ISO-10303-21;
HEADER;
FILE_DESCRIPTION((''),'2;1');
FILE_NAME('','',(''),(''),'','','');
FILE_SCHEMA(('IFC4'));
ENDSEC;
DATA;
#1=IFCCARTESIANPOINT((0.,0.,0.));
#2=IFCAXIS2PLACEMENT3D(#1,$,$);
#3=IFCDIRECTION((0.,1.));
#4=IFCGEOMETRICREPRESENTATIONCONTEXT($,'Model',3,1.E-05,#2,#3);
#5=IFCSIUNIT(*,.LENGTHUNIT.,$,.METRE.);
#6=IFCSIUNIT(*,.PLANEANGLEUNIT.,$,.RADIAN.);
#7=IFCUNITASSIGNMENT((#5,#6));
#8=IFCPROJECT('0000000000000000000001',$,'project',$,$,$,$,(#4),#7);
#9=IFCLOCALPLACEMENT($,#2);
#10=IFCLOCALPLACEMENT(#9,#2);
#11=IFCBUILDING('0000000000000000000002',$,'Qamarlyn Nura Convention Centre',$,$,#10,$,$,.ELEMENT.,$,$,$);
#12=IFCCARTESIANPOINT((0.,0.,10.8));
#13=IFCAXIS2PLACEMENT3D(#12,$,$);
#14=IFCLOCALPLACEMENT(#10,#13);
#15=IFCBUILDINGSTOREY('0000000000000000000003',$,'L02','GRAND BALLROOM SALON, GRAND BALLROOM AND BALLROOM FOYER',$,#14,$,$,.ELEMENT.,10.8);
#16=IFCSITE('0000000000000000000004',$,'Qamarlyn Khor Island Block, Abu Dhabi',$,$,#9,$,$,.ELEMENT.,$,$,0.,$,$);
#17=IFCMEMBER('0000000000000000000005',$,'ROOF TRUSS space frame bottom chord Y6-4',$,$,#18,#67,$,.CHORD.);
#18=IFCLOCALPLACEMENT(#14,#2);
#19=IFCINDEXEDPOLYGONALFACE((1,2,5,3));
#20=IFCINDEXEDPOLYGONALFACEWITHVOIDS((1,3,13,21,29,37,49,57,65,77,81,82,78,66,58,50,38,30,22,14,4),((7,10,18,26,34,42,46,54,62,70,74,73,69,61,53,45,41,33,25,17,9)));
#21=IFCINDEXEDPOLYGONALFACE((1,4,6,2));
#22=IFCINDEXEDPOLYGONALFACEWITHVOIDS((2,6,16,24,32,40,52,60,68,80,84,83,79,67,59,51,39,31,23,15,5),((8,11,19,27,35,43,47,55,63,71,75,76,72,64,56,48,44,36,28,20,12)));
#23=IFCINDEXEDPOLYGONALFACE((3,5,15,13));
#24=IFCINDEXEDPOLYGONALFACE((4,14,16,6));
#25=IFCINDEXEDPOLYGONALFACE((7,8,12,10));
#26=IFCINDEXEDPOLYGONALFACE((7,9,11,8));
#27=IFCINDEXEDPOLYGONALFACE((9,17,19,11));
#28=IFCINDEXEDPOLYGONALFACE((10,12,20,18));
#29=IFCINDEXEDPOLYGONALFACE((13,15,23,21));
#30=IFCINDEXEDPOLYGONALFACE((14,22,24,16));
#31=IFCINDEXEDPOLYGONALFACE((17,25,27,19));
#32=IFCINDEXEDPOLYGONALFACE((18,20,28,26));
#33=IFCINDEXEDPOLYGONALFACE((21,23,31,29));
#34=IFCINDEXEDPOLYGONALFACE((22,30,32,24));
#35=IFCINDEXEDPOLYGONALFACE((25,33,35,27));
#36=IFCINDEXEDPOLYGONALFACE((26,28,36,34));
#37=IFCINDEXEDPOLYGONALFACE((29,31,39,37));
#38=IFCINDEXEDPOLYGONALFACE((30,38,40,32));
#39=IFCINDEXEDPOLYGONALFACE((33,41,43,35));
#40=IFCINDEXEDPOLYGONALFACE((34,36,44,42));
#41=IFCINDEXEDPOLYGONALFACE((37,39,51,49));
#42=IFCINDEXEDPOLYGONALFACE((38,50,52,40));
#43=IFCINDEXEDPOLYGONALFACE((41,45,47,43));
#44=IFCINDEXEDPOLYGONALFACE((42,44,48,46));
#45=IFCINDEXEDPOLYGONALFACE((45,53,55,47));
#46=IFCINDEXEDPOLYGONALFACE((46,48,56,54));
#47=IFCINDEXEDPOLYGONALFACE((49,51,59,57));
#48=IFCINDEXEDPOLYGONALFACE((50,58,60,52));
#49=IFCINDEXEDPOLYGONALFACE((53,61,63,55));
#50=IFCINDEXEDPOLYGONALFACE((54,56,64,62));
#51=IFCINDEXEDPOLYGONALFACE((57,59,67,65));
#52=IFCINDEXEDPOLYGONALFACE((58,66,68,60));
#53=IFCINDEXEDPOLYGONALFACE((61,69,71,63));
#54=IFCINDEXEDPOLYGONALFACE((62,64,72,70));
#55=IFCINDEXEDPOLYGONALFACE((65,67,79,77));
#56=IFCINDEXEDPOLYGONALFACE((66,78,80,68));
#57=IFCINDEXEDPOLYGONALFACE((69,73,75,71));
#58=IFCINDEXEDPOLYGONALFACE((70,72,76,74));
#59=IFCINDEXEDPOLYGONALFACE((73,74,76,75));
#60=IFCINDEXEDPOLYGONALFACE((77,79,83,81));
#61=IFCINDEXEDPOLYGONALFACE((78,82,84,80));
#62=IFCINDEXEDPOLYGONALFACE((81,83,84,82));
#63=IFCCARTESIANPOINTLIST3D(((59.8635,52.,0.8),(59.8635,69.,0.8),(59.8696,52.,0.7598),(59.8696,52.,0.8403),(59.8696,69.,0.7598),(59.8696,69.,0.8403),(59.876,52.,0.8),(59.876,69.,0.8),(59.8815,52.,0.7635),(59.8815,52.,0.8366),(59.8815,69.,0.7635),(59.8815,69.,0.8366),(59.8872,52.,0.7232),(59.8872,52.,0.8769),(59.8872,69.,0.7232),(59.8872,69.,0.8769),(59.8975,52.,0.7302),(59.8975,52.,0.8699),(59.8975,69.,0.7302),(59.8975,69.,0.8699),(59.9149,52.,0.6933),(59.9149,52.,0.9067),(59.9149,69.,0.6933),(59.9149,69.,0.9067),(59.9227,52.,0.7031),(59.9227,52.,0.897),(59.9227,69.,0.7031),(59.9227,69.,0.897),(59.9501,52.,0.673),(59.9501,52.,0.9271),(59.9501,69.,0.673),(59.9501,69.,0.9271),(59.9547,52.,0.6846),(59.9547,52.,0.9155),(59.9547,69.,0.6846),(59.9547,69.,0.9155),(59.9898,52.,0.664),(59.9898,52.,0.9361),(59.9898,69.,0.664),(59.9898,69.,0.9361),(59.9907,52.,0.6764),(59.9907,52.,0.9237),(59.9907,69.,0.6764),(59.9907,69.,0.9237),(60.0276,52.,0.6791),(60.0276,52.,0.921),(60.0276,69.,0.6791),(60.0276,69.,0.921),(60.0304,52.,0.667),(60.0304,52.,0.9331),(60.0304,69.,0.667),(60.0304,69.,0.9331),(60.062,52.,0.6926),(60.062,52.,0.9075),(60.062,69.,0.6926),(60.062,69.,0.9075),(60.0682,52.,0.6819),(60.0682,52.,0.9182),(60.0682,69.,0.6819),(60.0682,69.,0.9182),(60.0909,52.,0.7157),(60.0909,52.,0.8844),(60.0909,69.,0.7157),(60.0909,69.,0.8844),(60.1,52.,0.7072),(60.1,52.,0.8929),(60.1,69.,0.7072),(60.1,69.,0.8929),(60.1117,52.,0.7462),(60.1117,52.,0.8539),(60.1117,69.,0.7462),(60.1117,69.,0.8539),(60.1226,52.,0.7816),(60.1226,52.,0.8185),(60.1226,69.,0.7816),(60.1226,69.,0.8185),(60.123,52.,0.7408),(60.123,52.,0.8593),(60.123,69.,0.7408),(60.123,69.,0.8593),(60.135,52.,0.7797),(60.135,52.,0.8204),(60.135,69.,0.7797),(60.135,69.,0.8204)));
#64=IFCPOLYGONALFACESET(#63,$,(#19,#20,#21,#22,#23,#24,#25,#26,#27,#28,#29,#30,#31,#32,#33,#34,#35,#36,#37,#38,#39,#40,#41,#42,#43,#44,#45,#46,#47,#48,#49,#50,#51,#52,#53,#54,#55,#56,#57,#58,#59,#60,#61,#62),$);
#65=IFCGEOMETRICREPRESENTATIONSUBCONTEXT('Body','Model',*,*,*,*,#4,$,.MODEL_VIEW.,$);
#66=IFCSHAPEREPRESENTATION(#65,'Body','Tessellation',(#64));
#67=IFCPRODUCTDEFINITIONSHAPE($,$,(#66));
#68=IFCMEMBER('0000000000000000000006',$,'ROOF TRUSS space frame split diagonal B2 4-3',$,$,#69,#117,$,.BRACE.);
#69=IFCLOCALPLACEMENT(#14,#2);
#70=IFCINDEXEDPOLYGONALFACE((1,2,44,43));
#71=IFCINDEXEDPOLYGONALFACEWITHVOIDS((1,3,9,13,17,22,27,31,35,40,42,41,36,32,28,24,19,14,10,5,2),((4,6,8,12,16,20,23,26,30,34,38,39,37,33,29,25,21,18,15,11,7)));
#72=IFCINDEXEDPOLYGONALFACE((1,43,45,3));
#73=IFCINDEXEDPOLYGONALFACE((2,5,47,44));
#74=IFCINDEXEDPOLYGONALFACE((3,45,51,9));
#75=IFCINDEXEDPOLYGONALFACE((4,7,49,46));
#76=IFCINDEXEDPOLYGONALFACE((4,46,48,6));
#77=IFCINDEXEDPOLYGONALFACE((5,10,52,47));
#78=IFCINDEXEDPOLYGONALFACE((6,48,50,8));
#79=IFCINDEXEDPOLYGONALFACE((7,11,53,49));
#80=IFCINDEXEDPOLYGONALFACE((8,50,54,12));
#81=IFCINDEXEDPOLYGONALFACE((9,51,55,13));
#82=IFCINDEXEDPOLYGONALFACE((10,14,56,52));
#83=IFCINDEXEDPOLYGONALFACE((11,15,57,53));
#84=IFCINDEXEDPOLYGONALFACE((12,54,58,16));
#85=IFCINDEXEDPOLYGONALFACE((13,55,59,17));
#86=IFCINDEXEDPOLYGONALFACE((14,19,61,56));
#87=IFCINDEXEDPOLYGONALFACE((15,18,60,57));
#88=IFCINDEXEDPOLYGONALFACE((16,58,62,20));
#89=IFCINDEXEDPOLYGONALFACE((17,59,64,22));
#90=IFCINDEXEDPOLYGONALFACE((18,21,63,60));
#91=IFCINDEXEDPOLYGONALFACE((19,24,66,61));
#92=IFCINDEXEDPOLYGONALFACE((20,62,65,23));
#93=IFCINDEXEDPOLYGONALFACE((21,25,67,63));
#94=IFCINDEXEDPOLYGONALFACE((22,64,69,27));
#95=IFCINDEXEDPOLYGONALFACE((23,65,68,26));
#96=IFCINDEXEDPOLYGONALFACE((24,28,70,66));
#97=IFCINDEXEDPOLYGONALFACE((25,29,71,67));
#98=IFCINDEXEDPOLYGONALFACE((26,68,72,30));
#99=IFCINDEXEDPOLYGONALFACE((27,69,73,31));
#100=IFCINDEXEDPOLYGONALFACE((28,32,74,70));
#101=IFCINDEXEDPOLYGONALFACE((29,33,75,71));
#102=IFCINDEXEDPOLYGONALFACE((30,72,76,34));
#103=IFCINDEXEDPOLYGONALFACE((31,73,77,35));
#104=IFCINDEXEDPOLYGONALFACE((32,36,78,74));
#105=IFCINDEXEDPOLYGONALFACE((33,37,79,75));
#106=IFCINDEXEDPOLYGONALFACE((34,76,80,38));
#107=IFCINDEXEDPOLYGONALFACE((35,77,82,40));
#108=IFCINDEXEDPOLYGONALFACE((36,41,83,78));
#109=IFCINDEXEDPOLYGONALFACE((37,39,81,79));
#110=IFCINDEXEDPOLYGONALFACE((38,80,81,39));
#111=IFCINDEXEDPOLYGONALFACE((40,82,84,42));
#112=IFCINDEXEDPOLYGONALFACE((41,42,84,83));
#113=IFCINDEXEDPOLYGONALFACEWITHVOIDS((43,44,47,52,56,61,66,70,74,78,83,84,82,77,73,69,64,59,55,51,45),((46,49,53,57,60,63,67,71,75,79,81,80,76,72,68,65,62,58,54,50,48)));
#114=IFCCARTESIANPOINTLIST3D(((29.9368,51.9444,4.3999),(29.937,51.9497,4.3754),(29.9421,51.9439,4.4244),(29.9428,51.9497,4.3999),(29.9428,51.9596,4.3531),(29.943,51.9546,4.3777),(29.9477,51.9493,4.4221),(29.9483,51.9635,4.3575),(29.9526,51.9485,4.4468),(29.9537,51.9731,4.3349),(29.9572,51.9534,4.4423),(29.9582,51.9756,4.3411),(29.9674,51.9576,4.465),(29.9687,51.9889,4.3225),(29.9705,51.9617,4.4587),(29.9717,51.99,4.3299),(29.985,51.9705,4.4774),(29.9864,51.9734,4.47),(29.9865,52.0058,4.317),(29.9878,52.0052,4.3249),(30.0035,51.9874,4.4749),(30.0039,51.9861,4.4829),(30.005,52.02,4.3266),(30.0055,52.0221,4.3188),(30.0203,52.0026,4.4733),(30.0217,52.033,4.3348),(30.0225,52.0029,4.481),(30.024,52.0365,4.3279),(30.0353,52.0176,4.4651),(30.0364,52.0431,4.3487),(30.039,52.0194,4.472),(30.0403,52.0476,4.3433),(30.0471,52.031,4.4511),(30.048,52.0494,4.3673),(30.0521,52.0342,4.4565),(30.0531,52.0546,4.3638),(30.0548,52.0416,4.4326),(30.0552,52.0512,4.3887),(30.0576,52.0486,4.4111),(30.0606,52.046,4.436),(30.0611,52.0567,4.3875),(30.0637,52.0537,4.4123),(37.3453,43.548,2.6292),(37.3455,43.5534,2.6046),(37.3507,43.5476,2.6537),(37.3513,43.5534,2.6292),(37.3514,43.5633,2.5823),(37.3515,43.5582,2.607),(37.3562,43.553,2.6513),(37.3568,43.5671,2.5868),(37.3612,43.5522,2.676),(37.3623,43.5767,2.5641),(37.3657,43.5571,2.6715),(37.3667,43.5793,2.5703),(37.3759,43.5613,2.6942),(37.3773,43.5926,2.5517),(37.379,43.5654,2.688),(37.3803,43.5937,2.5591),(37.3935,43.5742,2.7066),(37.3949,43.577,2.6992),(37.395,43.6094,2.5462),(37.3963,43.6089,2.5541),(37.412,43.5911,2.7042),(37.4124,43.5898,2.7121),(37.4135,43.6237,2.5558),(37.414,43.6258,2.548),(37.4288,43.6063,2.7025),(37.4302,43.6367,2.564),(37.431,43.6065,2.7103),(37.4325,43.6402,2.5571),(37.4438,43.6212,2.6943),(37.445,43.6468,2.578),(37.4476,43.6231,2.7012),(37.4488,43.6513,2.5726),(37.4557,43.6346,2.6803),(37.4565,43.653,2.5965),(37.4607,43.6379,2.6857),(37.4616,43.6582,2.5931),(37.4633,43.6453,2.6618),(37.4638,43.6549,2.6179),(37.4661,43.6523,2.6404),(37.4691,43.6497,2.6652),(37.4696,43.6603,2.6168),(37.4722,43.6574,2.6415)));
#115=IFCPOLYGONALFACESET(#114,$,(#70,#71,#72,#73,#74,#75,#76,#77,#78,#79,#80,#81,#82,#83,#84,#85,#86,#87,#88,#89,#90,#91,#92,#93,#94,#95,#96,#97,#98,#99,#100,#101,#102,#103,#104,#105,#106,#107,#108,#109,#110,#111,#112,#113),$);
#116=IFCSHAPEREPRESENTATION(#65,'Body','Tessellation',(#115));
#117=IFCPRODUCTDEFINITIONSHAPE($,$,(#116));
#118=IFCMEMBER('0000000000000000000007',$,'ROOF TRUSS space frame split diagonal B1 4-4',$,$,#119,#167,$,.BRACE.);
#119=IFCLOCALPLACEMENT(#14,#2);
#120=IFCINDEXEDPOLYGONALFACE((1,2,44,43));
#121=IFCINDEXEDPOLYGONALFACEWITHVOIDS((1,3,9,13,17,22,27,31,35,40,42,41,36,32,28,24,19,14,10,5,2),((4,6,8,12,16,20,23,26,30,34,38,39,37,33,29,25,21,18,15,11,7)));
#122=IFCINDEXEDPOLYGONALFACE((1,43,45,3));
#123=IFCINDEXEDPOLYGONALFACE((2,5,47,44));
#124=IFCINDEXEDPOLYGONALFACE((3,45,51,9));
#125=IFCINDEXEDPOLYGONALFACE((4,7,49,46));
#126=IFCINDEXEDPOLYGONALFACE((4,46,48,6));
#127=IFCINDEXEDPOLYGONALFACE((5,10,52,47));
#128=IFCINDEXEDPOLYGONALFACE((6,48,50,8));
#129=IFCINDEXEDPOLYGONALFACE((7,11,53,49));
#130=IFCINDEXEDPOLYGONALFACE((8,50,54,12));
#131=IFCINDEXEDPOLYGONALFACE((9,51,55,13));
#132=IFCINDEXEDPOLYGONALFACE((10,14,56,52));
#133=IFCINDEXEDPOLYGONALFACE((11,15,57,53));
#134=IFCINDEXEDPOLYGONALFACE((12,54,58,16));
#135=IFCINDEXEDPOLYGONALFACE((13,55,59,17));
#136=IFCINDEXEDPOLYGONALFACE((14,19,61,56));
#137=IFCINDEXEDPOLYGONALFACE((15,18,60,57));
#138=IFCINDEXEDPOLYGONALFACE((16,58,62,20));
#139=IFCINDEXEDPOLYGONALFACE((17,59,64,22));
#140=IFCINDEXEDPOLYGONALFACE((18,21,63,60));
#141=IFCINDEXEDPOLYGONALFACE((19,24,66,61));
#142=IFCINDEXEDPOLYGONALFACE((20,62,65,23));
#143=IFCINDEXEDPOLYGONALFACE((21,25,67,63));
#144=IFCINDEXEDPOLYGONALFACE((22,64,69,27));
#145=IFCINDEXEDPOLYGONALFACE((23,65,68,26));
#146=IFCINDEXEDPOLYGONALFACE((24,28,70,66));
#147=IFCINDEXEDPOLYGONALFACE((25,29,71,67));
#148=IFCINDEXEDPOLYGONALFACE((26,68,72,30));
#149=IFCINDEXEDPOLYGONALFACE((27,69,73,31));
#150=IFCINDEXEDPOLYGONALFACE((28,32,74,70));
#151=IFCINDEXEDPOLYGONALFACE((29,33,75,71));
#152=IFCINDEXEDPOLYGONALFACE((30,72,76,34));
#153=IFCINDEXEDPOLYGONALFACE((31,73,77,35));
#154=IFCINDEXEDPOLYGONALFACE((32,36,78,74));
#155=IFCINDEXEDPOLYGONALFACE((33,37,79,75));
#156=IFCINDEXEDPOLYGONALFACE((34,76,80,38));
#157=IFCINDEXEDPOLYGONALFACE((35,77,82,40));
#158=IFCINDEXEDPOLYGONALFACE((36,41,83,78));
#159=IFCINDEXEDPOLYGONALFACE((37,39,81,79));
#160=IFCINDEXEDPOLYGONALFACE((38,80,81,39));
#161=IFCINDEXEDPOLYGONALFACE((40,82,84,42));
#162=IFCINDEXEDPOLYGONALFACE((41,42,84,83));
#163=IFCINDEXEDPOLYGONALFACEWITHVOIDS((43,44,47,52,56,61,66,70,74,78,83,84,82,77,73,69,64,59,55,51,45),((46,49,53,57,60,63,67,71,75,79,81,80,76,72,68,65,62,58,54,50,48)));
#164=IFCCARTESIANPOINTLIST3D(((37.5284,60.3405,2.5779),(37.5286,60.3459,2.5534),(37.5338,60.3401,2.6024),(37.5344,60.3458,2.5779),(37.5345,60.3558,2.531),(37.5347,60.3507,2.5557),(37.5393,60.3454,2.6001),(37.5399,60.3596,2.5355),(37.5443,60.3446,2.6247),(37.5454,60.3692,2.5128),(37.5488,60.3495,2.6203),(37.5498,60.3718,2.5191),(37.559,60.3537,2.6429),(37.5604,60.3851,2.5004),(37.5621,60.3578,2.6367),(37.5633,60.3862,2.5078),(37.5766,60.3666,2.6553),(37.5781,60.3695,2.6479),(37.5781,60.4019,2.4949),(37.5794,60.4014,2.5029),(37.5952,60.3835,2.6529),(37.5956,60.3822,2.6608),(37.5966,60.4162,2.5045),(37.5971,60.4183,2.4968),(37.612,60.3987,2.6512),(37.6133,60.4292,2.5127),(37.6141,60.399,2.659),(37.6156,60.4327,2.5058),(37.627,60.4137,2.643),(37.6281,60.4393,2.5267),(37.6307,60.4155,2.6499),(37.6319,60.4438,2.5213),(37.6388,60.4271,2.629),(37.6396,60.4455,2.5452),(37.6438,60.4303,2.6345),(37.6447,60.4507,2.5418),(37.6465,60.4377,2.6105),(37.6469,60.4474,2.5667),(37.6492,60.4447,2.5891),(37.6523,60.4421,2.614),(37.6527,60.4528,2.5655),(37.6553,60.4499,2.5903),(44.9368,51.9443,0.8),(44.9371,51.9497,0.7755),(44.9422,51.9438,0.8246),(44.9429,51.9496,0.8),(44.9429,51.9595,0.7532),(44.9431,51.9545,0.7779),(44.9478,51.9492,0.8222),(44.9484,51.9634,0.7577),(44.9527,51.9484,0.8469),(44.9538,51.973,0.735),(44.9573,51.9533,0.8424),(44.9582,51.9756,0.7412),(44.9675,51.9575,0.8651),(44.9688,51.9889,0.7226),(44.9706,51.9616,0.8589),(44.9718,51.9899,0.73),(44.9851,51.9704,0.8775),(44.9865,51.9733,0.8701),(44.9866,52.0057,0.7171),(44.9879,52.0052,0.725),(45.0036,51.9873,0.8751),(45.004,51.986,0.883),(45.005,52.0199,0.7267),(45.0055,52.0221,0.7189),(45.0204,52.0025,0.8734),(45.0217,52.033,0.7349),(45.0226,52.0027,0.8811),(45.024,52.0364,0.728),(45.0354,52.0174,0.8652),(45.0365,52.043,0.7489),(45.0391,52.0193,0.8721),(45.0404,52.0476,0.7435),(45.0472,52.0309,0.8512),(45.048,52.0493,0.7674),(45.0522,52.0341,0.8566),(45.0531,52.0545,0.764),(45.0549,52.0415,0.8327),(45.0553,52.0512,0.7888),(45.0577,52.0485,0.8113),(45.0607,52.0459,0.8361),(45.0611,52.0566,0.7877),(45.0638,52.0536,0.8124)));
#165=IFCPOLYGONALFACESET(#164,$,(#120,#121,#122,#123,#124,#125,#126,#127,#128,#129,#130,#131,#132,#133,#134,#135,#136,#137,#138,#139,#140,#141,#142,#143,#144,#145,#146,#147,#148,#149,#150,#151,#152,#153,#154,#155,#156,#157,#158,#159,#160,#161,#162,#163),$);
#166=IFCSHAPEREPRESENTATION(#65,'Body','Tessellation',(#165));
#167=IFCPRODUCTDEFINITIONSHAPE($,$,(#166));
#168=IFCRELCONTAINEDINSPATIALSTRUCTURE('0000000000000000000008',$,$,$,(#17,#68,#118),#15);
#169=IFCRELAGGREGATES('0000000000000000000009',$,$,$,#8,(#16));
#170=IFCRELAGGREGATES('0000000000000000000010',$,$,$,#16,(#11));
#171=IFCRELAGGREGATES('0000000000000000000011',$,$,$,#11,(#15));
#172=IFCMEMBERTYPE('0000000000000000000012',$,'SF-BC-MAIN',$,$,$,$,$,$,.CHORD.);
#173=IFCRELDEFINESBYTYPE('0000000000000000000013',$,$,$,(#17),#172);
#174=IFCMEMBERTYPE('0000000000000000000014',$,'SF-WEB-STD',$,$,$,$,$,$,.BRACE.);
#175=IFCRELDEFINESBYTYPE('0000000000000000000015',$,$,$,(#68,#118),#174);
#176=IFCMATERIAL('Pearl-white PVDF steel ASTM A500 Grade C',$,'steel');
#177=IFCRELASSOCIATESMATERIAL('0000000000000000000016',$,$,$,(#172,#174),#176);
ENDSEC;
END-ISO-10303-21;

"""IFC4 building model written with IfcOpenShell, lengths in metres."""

from ifc_helpers import new_model, si_unit, direction, frame, origin, origin_2d, place, context, subcontext, project, spatial, hollow_circle, extrude, material, material_profile, profile_set, type_object, element, save


model = new_model("IFC4")

# Units and contexts
model_context = context("Model", 3, precision=1e-05, world=origin(), true_north=direction((0.0, 1.0)))
body_context = subcontext(model_context, "Body", "Model", "MODEL_VIEW")
ifc_project = project(units=[si_unit("LENGTHUNIT", "METRE"), si_unit("PLANEANGLEUNIT", "RADIAN")], contexts=[model_context])

# Site, building, storey
site_placement = place(None, origin())
site = spatial("IfcSite", under=ifc_project, at=site_placement, Name="Qamarlyn Khor Island Block, Abu Dhabi", CompositionType="ELEMENT", RefElevation=0.0)
building_placement = place(site_placement, origin())
building = spatial("IfcBuilding", under=site, at=building_placement, Name="Qamarlyn Nura Convention Centre", CompositionType="ELEMENT")
storey_placement = place(building_placement, frame((0.0, 0.0, 10.8)))
storey = spatial("IfcBuildingStorey", under=building, at=storey_placement, Name="L02", Description="GRAND BALLROOM SALON, GRAND BALLROOM AND BALLROOM FOYER", CompositionType="ELEMENT", Elevation=10.8)

# Members
ifc_material_1 = material(Name="Pearl-white PVDF steel ASTM A500 Grade C", Category="steel")
ifc_material_profile_1 = material_profile(ifc_material_1, hollow_circle(Radius=0.1365, WallThickness=0.0125, at=origin_2d()), Name="CHS273X12.5")
ifc_profile_set_1 = profile_set([ifc_material_profile_1], Name="Pearl-white PVDF steel ASTM A500 Grade C")
member_type_1 = type_object("IfcMemberType", Name="SF-BC-MAIN", PredefinedType="CHORD", material=ifc_profile_set_1)
for number, where, z_axis, x_axis, name in (
    (1, (60.0, 52.0, 0.8), (0.0, 1.0, 0.0), (-1.0, 0.0, 0.0), "ROOF TRUSS space frame bottom chord Y6-4"),
):
    element("IfcMember", number, at=place(storey_placement, frame(where, z_axis=z_axis, x_axis=x_axis)), inside=storey, type_object=member_type_1, Name=name, PredefinedType="CHORD", context=body_context, shape_type="SweptSolid", body=[
        extrude(hollow_circle(Radius=0.1365, WallThickness=0.0125, at=origin_2d()), origin(), (0.0, 0.0, 1.0), 17.0),
    ])
ifc_material_profile_2 = material_profile(ifc_material_1, hollow_circle(Radius=0.0842, WallThickness=0.0081, at=origin_2d()), Name="CHS168.3X8")
ifc_profile_set_2 = profile_set([ifc_material_profile_2], Name="Pearl-white PVDF steel ASTM A500 Grade C")
member_type_2 = type_object("IfcMemberType", Name="SF-WEB-STD", PredefinedType="BRACE", material=ifc_profile_set_2)
member_1_placement = place(storey_placement, frame((37.4084, 43.6038, 2.6292), z_axis=(-0.653501, 0.740634, 0.156198), x_axis=(-0.749838, -0.661622, 0.0)))
element("IfcMember", 2, at=member_1_placement, inside=storey, type_object=member_type_2, Name="ROOF TRUSS space frame split diagonal B2 4-3", PredefinedType="BRACE", context=body_context, shape_type="SweptSolid", body=[
    extrude(hollow_circle(Radius=0.0842, WallThickness=0.0081, at=origin_2d()), origin(), (0.0, 0.0, 1.0), 11.3367),
])
for number, where, z_axis, x_axis, name in (
    (3, (45.0, 52.0, 0.8), (-0.653437, 0.740562, 0.156808), (-0.749838, -0.661622, 0.0), "ROOF TRUSS space frame split diagonal B1 4-4"),
):
    element("IfcMember", number, at=place(storey_placement, frame(where, z_axis=z_axis, x_axis=x_axis)), inside=storey, type_object=member_type_2, Name=name, PredefinedType="BRACE", context=body_context, shape_type="SweptSolid", body=[
        extrude(hollow_circle(Radius=0.0842, WallThickness=0.0081, at=origin_2d()), origin(), (0.0, 0.0, 1.0), 11.3376),
    ])

save(model, "model.ifc")
